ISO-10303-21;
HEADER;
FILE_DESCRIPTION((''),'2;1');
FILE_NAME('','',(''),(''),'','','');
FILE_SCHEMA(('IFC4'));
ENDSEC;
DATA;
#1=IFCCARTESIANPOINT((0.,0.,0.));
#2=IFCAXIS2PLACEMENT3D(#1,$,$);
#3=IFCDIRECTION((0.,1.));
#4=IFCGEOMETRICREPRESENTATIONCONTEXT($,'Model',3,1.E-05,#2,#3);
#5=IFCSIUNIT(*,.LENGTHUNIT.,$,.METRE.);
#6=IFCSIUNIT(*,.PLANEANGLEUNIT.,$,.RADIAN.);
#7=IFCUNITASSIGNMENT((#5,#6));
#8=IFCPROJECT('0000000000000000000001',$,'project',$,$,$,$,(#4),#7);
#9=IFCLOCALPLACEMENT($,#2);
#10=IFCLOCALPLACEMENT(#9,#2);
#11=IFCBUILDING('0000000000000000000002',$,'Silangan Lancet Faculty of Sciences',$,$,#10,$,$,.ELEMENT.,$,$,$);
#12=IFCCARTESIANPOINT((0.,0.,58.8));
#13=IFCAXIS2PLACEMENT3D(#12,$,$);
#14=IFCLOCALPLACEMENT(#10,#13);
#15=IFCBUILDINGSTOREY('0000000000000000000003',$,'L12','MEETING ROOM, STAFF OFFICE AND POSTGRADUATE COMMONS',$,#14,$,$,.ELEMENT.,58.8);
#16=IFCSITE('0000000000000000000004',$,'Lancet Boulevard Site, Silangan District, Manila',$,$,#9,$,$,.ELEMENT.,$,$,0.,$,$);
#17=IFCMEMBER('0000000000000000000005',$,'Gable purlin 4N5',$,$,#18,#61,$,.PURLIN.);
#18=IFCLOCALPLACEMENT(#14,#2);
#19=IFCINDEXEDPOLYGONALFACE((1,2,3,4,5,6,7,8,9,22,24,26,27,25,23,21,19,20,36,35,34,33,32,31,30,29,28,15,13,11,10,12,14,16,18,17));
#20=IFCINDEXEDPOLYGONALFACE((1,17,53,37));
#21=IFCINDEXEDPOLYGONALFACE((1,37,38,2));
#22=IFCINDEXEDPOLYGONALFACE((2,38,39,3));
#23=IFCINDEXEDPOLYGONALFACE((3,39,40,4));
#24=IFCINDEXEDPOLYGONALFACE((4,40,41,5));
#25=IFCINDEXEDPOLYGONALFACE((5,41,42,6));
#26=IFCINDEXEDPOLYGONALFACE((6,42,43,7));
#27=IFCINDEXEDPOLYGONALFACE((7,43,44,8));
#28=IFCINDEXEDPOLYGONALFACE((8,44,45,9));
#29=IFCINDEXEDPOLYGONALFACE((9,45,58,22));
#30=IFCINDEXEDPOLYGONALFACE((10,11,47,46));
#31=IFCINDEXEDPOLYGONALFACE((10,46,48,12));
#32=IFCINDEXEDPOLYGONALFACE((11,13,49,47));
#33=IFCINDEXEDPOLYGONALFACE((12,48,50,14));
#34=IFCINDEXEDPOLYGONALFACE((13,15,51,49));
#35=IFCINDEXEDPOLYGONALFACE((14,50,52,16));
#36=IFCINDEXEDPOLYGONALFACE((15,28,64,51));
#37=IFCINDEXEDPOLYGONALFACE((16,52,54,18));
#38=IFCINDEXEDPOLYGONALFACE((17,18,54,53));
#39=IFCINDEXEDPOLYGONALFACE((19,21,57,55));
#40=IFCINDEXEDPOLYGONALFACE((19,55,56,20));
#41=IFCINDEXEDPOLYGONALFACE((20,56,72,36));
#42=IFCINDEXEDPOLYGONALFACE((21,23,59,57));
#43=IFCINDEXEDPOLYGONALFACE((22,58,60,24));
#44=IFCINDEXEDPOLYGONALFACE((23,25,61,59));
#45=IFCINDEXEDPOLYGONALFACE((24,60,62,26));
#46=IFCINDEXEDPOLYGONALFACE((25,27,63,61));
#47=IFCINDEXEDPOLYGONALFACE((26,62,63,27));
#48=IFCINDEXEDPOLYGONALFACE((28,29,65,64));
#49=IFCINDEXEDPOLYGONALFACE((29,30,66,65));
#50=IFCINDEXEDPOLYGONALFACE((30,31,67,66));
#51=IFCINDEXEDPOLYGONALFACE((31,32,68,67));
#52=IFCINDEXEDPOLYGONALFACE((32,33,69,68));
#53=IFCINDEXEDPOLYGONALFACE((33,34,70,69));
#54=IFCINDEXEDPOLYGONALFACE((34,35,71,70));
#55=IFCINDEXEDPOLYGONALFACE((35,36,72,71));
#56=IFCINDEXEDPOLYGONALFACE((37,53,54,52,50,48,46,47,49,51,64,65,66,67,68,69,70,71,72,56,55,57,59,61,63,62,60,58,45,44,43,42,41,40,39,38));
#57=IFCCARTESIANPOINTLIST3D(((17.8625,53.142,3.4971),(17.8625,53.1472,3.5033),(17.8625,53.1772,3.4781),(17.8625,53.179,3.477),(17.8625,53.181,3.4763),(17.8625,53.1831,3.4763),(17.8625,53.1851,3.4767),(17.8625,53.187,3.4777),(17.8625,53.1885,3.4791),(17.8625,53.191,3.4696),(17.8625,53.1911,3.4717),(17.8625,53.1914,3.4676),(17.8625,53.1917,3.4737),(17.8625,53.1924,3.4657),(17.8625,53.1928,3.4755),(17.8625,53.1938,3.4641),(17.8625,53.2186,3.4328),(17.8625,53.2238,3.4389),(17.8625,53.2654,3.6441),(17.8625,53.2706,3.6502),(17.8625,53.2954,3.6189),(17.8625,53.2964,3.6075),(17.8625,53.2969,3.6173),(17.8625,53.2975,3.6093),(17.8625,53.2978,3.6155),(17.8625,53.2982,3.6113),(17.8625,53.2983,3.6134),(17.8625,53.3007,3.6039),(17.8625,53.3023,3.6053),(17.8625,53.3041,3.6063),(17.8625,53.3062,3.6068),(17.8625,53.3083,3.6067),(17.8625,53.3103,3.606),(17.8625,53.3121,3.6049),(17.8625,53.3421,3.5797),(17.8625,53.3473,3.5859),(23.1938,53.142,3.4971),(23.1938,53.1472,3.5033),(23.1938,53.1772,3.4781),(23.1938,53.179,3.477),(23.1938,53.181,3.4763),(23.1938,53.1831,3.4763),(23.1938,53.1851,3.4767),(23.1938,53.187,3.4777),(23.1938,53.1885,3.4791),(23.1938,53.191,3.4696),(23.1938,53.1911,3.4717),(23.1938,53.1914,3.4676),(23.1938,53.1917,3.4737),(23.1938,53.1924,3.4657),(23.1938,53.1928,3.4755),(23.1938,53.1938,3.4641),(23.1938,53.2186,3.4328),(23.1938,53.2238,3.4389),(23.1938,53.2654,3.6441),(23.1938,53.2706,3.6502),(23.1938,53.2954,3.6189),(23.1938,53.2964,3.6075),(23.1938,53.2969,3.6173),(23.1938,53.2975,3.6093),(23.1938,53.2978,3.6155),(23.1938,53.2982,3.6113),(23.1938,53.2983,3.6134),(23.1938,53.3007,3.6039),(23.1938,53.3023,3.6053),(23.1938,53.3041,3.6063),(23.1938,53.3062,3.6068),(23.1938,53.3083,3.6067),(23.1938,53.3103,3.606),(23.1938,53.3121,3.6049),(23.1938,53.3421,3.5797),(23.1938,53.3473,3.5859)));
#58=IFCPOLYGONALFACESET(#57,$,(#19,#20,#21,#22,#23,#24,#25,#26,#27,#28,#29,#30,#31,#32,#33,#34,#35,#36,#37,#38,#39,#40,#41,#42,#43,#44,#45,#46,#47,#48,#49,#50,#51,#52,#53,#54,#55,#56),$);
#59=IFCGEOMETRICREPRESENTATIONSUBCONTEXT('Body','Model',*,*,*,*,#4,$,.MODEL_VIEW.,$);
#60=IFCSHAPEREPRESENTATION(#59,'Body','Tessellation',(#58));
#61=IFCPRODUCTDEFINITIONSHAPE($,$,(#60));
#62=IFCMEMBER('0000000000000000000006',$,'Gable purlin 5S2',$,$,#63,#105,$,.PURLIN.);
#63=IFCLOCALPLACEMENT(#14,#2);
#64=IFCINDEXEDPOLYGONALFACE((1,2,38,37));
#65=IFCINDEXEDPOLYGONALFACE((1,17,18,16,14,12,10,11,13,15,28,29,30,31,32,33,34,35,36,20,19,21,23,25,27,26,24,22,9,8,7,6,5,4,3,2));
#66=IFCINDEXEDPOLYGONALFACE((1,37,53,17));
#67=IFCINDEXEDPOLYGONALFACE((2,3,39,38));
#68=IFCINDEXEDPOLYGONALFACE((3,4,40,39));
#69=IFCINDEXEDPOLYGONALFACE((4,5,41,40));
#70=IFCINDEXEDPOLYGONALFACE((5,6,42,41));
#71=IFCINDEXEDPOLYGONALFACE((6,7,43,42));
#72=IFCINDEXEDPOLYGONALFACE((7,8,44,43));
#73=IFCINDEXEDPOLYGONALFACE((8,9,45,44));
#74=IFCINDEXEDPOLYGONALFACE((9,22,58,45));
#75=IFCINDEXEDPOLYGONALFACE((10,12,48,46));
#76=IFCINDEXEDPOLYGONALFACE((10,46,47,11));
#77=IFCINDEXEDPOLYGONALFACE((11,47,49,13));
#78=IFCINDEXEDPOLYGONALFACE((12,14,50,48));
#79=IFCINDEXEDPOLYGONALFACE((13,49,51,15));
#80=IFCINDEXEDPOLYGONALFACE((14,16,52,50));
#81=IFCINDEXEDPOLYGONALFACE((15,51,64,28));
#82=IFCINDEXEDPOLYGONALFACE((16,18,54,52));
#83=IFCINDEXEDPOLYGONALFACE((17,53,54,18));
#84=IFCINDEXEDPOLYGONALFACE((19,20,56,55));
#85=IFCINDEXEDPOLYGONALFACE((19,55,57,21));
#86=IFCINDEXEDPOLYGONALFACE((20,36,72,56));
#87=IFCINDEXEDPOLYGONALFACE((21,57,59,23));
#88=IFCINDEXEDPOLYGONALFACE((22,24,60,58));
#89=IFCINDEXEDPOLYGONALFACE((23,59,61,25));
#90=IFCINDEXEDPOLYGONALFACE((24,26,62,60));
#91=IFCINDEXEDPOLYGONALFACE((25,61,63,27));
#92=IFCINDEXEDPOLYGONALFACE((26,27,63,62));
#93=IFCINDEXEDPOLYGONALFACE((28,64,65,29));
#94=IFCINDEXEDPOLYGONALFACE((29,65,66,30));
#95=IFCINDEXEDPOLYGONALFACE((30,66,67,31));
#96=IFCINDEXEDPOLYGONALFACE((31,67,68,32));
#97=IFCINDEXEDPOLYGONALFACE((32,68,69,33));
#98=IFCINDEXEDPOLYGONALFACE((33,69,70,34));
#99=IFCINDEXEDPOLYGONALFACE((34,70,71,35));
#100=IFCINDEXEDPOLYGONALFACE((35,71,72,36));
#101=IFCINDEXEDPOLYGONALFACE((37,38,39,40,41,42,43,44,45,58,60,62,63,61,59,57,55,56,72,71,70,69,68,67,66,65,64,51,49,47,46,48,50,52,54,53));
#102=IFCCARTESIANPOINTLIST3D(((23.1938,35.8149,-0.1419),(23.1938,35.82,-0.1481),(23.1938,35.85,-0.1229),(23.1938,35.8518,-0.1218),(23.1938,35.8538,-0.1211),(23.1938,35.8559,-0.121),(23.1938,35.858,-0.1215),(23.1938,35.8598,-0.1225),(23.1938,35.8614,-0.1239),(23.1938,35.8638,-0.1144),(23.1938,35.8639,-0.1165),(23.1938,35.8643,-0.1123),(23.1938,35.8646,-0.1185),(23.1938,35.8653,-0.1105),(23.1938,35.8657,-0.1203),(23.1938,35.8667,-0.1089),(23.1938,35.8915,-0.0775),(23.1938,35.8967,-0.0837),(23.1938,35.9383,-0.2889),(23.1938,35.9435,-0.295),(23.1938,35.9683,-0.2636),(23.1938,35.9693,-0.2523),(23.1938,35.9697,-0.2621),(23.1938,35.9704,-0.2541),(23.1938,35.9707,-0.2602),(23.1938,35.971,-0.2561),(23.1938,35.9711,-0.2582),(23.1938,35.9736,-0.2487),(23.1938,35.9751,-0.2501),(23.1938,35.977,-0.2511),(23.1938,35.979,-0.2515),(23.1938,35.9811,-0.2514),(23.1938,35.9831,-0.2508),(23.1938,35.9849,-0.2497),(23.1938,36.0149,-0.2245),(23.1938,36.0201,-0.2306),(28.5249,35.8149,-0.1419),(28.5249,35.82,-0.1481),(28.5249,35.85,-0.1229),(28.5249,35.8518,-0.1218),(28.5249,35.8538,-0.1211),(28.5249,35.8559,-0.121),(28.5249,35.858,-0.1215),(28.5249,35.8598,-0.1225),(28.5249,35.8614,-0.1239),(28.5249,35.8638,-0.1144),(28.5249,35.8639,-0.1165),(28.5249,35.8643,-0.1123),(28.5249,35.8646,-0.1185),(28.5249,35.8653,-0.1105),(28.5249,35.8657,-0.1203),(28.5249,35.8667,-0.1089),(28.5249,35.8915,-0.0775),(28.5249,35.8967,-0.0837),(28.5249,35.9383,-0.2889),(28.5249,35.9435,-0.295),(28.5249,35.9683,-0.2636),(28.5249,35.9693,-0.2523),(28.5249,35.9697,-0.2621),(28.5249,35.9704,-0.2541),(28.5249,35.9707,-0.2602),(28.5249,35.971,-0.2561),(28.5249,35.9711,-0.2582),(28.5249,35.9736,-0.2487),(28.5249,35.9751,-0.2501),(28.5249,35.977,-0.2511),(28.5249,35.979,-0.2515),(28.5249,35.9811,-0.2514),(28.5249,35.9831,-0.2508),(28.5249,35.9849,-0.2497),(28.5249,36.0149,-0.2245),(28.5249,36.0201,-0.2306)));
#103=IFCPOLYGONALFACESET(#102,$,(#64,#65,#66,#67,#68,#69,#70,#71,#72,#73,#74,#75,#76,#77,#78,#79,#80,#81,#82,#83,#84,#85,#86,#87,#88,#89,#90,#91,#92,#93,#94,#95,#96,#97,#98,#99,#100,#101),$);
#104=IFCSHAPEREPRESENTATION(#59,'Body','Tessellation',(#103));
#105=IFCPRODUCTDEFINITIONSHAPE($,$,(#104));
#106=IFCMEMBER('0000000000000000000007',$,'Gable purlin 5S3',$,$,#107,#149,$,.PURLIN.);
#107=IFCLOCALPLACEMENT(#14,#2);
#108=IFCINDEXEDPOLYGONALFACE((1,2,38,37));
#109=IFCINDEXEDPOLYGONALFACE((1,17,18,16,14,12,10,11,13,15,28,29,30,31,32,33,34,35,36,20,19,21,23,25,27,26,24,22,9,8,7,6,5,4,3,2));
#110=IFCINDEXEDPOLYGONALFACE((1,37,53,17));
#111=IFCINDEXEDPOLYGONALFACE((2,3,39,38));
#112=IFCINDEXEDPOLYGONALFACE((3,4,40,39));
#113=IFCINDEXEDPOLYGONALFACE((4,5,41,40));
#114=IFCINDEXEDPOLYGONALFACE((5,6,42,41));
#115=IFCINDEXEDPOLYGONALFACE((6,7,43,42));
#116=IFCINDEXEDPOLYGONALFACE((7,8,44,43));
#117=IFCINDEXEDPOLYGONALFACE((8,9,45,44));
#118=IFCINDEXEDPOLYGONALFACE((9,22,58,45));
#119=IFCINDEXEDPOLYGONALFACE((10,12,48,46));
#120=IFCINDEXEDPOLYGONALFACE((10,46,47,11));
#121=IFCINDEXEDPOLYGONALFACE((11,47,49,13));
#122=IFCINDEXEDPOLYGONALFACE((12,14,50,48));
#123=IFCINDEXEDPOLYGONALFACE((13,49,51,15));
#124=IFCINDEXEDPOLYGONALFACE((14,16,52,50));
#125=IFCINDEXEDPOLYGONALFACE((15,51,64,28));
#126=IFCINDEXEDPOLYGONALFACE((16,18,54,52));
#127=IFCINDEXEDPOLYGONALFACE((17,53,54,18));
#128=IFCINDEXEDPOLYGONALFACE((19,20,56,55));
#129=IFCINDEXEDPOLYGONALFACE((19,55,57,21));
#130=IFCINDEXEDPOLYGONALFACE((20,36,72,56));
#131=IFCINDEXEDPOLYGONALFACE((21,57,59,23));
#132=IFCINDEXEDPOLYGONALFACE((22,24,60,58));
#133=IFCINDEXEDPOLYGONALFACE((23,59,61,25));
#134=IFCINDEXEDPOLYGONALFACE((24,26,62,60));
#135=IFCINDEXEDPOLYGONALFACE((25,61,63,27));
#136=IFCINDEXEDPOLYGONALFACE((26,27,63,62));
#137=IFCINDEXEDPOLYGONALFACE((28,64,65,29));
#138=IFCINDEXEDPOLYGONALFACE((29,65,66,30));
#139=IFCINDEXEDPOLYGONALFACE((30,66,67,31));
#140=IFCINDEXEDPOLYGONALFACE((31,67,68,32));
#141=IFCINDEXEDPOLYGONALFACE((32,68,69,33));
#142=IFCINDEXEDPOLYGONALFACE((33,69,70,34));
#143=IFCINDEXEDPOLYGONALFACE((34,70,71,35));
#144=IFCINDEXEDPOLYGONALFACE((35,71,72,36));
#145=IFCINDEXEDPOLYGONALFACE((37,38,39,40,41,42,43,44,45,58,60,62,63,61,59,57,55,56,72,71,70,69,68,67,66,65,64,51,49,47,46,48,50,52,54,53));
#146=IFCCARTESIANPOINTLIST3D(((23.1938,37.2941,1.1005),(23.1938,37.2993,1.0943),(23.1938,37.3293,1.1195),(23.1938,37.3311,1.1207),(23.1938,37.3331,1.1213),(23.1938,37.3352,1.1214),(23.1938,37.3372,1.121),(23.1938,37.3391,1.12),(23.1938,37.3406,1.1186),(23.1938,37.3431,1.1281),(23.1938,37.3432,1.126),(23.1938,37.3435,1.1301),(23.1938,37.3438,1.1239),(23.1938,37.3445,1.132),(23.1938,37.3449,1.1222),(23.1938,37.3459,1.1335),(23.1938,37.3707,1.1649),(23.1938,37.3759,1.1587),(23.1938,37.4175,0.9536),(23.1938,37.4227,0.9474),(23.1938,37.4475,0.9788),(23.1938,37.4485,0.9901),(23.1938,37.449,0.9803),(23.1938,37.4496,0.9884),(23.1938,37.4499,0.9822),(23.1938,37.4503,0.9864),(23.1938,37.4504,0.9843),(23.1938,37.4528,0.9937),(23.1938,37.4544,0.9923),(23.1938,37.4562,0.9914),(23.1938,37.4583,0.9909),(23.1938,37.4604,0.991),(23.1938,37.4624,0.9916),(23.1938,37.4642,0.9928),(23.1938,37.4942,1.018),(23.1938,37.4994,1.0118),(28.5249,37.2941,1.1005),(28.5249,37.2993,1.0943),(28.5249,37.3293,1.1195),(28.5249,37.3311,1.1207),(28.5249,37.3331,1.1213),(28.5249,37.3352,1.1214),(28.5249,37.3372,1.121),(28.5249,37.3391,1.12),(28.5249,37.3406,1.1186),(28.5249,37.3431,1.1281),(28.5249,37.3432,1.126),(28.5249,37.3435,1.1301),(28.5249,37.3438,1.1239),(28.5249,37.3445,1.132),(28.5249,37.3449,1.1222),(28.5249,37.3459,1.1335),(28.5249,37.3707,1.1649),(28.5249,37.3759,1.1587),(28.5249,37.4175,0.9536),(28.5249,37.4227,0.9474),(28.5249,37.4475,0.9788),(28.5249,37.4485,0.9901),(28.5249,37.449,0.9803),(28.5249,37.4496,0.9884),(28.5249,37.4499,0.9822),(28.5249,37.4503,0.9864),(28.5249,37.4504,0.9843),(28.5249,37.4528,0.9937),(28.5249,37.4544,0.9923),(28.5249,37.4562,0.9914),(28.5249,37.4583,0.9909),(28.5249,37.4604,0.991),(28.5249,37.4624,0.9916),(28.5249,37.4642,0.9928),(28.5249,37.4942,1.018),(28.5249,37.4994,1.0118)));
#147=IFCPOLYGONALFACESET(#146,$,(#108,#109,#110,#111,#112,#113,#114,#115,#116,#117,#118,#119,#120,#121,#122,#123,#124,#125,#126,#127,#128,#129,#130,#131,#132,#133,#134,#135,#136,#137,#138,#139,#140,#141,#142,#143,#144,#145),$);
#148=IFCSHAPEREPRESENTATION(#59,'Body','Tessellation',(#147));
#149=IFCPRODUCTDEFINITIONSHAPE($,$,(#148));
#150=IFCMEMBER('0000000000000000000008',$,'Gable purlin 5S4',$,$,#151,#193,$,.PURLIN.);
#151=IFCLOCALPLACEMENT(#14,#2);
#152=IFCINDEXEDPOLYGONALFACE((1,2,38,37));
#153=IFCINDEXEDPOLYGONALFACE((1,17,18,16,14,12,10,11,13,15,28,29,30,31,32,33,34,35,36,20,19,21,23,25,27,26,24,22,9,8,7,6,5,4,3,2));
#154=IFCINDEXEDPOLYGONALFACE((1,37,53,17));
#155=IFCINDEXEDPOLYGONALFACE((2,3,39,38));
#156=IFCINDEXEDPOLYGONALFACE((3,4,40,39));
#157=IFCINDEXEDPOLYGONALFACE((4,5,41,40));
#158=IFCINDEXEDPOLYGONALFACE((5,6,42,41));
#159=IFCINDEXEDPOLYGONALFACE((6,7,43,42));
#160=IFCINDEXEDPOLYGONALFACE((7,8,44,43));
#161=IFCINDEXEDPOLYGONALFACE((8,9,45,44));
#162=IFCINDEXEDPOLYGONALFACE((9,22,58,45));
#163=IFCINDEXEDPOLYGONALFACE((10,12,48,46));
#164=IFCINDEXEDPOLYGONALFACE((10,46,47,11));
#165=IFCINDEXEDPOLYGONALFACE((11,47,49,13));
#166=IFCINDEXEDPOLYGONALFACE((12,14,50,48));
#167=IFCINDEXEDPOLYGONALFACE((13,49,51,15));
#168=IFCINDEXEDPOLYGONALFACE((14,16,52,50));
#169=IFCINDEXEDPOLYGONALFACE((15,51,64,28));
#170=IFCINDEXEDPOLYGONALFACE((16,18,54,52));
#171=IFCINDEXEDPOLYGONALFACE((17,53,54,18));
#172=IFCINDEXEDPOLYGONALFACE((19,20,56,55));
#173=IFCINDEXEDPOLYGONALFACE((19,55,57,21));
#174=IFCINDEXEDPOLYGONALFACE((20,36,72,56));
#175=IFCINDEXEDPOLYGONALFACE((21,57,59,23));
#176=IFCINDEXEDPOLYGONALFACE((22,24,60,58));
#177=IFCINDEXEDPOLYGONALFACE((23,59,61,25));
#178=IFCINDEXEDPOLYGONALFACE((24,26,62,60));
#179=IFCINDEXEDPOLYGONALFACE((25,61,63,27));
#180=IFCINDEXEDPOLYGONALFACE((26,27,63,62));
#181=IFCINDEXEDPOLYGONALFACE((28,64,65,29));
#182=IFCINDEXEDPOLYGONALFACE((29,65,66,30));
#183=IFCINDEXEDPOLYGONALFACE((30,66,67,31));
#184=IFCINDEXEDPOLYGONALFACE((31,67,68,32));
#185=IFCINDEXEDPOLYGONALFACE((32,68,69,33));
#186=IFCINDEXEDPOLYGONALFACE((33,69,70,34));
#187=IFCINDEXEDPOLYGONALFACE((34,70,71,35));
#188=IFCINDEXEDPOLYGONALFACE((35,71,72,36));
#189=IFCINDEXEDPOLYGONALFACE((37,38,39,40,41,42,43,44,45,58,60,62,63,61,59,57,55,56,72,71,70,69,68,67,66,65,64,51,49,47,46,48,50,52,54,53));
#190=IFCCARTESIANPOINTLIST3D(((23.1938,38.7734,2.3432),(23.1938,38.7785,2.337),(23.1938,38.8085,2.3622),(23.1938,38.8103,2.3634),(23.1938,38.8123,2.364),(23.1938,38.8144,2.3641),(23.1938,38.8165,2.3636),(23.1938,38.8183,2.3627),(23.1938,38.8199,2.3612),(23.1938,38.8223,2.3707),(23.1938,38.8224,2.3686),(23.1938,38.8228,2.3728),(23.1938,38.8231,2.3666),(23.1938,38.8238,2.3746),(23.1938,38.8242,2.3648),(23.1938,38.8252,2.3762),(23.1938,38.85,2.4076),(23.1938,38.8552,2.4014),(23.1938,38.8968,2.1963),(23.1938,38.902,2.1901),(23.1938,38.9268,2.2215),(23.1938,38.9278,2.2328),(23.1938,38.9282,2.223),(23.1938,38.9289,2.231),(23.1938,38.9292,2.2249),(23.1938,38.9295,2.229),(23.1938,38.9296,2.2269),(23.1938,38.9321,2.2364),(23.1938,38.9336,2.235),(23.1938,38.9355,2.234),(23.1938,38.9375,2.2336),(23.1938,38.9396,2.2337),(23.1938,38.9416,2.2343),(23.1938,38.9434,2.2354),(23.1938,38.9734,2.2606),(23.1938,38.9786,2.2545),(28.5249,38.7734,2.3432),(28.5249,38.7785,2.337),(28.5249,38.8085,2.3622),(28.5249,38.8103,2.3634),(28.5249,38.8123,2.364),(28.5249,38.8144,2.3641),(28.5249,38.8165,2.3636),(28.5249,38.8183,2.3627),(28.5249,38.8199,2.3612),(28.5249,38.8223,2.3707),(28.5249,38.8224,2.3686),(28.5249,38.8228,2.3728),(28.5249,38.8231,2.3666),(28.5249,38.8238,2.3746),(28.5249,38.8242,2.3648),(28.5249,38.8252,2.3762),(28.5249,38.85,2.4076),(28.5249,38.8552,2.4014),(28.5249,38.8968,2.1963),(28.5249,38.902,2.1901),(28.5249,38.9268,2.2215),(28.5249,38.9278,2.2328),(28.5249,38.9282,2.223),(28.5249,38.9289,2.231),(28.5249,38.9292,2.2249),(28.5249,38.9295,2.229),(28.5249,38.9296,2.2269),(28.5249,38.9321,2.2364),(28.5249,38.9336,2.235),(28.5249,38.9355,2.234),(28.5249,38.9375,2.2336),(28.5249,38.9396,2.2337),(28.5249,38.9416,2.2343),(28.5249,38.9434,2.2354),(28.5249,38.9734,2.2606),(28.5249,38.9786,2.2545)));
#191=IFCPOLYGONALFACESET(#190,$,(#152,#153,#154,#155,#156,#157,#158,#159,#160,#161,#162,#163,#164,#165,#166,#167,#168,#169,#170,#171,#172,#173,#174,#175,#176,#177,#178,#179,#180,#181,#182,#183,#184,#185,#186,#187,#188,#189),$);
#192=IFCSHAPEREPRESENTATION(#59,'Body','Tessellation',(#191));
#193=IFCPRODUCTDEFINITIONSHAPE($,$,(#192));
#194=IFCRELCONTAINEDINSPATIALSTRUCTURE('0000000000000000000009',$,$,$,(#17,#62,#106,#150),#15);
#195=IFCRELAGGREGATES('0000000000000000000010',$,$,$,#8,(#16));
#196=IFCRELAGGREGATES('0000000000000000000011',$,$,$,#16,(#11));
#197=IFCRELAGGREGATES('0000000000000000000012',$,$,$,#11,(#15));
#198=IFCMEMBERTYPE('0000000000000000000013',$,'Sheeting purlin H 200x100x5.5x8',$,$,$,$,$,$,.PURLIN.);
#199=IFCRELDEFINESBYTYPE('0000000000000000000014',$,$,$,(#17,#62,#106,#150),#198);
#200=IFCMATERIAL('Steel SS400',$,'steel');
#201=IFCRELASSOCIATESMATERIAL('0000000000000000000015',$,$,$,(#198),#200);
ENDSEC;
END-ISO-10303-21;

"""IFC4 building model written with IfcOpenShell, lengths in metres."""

from ifc_helpers import new_model, si_unit, direction, frame, origin, origin_2d, place, context, subcontext, project, spatial, i_section, extrude, material, material_profile, profile_set, type_object, element, save


model = new_model("IFC4")

# Units and contexts
model_context = context("Model", 3, precision=1e-05, world=origin(), true_north=direction((0.0, 1.0)))
body_context = subcontext(model_context, "Body", "Model", "MODEL_VIEW")
ifc_project = project(units=[si_unit("LENGTHUNIT", "METRE"), si_unit("PLANEANGLEUNIT", "RADIAN")], contexts=[model_context])

# Site, building, storey
site_placement = place(None, origin())
site = spatial("IfcSite", under=ifc_project, at=site_placement, Name="Lancet Boulevard Site, Silangan District, Manila", CompositionType="ELEMENT", RefElevation=0.0)
building_placement = place(site_placement, origin())
building = spatial("IfcBuilding", under=site, at=building_placement, Name="Silangan Lancet Faculty of Sciences", CompositionType="ELEMENT")
storey_placement = place(building_placement, frame((0.0, 0.0, 58.8)))
storey = spatial("IfcBuildingStorey", under=building, at=storey_placement, Name="L12", Description="MEETING ROOM, STAFF OFFICE AND POSTGRADUATE COMMONS", CompositionType="ELEMENT", Elevation=58.8)

# Members
ifc_material_1 = material(Name="Steel SS400", Category="steel")
ifc_material_profile_1 = material_profile(ifc_material_1, i_section(OverallWidth=0.1001, OverallDepth=0.2, WebThickness=0.0056, FlangeThickness=0.0081, FilletRadius=0.0081, at=origin_2d()), Name="H 200x100x5.5x8")
ifc_profile_set_1 = profile_set([ifc_material_profile_1], Name="Steel SS400")
member_type_1 = type_object("IfcMemberType", Name="Sheeting purlin H 200x100x5.5x8", PredefinedType="PURLIN", material=ifc_profile_set_1)
for number, where, z_axis, x_axis, name in (
    (1, (17.8625, 53.2446, 3.5415), (1.0, 0.0, 0.0), (0.0, 0.765705, -0.643192), "Gable purlin 4N5"),
):
    element("IfcMember", number, at=place(storey_placement, frame(where, z_axis=z_axis, x_axis=x_axis)), inside=storey, type_object=member_type_1, Name=name, PredefinedType="PURLIN", context=body_context, shape_type="SweptSolid", body=[
        extrude(i_section(OverallWidth=0.1001, OverallDepth=0.2, WebThickness=0.0056, FlangeThickness=0.0081, FilletRadius=0.0081, at=origin_2d()), origin(), (0.0, 0.0, 1.0), 5.3313),
    ])
for number, where, z_axis, x_axis, name in (
    (2, (23.1938, 35.9175, -0.1863), (1.0, 0.0, 0.0), (0.0, 0.765705, 0.643192), "Gable purlin 5S2"),
    (3, (23.1938, 37.3967, 1.0562), (1.0, 0.0, 0.0), (0.0, 0.765705, 0.643192), "Gable purlin 5S3"),
    (4, (23.1938, 38.876, 2.2988), (1.0, 0.0, 0.0), (0.0, 0.765705, 0.643192), "Gable purlin 5S4"),
):
    element("IfcMember", number, at=place(storey_placement, frame(where, z_axis=z_axis, x_axis=x_axis)), inside=storey, type_object=member_type_1, Name=name, PredefinedType="PURLIN", context=body_context, shape_type="SweptSolid", body=[
        extrude(i_section(OverallWidth=0.1001, OverallDepth=0.2, WebThickness=0.0056, FlangeThickness=0.0081, FilletRadius=0.0081, at=origin_2d()), origin(), (0.0, 0.0, 1.0), 5.3311),
    ])

save(model, "model.ifc")
